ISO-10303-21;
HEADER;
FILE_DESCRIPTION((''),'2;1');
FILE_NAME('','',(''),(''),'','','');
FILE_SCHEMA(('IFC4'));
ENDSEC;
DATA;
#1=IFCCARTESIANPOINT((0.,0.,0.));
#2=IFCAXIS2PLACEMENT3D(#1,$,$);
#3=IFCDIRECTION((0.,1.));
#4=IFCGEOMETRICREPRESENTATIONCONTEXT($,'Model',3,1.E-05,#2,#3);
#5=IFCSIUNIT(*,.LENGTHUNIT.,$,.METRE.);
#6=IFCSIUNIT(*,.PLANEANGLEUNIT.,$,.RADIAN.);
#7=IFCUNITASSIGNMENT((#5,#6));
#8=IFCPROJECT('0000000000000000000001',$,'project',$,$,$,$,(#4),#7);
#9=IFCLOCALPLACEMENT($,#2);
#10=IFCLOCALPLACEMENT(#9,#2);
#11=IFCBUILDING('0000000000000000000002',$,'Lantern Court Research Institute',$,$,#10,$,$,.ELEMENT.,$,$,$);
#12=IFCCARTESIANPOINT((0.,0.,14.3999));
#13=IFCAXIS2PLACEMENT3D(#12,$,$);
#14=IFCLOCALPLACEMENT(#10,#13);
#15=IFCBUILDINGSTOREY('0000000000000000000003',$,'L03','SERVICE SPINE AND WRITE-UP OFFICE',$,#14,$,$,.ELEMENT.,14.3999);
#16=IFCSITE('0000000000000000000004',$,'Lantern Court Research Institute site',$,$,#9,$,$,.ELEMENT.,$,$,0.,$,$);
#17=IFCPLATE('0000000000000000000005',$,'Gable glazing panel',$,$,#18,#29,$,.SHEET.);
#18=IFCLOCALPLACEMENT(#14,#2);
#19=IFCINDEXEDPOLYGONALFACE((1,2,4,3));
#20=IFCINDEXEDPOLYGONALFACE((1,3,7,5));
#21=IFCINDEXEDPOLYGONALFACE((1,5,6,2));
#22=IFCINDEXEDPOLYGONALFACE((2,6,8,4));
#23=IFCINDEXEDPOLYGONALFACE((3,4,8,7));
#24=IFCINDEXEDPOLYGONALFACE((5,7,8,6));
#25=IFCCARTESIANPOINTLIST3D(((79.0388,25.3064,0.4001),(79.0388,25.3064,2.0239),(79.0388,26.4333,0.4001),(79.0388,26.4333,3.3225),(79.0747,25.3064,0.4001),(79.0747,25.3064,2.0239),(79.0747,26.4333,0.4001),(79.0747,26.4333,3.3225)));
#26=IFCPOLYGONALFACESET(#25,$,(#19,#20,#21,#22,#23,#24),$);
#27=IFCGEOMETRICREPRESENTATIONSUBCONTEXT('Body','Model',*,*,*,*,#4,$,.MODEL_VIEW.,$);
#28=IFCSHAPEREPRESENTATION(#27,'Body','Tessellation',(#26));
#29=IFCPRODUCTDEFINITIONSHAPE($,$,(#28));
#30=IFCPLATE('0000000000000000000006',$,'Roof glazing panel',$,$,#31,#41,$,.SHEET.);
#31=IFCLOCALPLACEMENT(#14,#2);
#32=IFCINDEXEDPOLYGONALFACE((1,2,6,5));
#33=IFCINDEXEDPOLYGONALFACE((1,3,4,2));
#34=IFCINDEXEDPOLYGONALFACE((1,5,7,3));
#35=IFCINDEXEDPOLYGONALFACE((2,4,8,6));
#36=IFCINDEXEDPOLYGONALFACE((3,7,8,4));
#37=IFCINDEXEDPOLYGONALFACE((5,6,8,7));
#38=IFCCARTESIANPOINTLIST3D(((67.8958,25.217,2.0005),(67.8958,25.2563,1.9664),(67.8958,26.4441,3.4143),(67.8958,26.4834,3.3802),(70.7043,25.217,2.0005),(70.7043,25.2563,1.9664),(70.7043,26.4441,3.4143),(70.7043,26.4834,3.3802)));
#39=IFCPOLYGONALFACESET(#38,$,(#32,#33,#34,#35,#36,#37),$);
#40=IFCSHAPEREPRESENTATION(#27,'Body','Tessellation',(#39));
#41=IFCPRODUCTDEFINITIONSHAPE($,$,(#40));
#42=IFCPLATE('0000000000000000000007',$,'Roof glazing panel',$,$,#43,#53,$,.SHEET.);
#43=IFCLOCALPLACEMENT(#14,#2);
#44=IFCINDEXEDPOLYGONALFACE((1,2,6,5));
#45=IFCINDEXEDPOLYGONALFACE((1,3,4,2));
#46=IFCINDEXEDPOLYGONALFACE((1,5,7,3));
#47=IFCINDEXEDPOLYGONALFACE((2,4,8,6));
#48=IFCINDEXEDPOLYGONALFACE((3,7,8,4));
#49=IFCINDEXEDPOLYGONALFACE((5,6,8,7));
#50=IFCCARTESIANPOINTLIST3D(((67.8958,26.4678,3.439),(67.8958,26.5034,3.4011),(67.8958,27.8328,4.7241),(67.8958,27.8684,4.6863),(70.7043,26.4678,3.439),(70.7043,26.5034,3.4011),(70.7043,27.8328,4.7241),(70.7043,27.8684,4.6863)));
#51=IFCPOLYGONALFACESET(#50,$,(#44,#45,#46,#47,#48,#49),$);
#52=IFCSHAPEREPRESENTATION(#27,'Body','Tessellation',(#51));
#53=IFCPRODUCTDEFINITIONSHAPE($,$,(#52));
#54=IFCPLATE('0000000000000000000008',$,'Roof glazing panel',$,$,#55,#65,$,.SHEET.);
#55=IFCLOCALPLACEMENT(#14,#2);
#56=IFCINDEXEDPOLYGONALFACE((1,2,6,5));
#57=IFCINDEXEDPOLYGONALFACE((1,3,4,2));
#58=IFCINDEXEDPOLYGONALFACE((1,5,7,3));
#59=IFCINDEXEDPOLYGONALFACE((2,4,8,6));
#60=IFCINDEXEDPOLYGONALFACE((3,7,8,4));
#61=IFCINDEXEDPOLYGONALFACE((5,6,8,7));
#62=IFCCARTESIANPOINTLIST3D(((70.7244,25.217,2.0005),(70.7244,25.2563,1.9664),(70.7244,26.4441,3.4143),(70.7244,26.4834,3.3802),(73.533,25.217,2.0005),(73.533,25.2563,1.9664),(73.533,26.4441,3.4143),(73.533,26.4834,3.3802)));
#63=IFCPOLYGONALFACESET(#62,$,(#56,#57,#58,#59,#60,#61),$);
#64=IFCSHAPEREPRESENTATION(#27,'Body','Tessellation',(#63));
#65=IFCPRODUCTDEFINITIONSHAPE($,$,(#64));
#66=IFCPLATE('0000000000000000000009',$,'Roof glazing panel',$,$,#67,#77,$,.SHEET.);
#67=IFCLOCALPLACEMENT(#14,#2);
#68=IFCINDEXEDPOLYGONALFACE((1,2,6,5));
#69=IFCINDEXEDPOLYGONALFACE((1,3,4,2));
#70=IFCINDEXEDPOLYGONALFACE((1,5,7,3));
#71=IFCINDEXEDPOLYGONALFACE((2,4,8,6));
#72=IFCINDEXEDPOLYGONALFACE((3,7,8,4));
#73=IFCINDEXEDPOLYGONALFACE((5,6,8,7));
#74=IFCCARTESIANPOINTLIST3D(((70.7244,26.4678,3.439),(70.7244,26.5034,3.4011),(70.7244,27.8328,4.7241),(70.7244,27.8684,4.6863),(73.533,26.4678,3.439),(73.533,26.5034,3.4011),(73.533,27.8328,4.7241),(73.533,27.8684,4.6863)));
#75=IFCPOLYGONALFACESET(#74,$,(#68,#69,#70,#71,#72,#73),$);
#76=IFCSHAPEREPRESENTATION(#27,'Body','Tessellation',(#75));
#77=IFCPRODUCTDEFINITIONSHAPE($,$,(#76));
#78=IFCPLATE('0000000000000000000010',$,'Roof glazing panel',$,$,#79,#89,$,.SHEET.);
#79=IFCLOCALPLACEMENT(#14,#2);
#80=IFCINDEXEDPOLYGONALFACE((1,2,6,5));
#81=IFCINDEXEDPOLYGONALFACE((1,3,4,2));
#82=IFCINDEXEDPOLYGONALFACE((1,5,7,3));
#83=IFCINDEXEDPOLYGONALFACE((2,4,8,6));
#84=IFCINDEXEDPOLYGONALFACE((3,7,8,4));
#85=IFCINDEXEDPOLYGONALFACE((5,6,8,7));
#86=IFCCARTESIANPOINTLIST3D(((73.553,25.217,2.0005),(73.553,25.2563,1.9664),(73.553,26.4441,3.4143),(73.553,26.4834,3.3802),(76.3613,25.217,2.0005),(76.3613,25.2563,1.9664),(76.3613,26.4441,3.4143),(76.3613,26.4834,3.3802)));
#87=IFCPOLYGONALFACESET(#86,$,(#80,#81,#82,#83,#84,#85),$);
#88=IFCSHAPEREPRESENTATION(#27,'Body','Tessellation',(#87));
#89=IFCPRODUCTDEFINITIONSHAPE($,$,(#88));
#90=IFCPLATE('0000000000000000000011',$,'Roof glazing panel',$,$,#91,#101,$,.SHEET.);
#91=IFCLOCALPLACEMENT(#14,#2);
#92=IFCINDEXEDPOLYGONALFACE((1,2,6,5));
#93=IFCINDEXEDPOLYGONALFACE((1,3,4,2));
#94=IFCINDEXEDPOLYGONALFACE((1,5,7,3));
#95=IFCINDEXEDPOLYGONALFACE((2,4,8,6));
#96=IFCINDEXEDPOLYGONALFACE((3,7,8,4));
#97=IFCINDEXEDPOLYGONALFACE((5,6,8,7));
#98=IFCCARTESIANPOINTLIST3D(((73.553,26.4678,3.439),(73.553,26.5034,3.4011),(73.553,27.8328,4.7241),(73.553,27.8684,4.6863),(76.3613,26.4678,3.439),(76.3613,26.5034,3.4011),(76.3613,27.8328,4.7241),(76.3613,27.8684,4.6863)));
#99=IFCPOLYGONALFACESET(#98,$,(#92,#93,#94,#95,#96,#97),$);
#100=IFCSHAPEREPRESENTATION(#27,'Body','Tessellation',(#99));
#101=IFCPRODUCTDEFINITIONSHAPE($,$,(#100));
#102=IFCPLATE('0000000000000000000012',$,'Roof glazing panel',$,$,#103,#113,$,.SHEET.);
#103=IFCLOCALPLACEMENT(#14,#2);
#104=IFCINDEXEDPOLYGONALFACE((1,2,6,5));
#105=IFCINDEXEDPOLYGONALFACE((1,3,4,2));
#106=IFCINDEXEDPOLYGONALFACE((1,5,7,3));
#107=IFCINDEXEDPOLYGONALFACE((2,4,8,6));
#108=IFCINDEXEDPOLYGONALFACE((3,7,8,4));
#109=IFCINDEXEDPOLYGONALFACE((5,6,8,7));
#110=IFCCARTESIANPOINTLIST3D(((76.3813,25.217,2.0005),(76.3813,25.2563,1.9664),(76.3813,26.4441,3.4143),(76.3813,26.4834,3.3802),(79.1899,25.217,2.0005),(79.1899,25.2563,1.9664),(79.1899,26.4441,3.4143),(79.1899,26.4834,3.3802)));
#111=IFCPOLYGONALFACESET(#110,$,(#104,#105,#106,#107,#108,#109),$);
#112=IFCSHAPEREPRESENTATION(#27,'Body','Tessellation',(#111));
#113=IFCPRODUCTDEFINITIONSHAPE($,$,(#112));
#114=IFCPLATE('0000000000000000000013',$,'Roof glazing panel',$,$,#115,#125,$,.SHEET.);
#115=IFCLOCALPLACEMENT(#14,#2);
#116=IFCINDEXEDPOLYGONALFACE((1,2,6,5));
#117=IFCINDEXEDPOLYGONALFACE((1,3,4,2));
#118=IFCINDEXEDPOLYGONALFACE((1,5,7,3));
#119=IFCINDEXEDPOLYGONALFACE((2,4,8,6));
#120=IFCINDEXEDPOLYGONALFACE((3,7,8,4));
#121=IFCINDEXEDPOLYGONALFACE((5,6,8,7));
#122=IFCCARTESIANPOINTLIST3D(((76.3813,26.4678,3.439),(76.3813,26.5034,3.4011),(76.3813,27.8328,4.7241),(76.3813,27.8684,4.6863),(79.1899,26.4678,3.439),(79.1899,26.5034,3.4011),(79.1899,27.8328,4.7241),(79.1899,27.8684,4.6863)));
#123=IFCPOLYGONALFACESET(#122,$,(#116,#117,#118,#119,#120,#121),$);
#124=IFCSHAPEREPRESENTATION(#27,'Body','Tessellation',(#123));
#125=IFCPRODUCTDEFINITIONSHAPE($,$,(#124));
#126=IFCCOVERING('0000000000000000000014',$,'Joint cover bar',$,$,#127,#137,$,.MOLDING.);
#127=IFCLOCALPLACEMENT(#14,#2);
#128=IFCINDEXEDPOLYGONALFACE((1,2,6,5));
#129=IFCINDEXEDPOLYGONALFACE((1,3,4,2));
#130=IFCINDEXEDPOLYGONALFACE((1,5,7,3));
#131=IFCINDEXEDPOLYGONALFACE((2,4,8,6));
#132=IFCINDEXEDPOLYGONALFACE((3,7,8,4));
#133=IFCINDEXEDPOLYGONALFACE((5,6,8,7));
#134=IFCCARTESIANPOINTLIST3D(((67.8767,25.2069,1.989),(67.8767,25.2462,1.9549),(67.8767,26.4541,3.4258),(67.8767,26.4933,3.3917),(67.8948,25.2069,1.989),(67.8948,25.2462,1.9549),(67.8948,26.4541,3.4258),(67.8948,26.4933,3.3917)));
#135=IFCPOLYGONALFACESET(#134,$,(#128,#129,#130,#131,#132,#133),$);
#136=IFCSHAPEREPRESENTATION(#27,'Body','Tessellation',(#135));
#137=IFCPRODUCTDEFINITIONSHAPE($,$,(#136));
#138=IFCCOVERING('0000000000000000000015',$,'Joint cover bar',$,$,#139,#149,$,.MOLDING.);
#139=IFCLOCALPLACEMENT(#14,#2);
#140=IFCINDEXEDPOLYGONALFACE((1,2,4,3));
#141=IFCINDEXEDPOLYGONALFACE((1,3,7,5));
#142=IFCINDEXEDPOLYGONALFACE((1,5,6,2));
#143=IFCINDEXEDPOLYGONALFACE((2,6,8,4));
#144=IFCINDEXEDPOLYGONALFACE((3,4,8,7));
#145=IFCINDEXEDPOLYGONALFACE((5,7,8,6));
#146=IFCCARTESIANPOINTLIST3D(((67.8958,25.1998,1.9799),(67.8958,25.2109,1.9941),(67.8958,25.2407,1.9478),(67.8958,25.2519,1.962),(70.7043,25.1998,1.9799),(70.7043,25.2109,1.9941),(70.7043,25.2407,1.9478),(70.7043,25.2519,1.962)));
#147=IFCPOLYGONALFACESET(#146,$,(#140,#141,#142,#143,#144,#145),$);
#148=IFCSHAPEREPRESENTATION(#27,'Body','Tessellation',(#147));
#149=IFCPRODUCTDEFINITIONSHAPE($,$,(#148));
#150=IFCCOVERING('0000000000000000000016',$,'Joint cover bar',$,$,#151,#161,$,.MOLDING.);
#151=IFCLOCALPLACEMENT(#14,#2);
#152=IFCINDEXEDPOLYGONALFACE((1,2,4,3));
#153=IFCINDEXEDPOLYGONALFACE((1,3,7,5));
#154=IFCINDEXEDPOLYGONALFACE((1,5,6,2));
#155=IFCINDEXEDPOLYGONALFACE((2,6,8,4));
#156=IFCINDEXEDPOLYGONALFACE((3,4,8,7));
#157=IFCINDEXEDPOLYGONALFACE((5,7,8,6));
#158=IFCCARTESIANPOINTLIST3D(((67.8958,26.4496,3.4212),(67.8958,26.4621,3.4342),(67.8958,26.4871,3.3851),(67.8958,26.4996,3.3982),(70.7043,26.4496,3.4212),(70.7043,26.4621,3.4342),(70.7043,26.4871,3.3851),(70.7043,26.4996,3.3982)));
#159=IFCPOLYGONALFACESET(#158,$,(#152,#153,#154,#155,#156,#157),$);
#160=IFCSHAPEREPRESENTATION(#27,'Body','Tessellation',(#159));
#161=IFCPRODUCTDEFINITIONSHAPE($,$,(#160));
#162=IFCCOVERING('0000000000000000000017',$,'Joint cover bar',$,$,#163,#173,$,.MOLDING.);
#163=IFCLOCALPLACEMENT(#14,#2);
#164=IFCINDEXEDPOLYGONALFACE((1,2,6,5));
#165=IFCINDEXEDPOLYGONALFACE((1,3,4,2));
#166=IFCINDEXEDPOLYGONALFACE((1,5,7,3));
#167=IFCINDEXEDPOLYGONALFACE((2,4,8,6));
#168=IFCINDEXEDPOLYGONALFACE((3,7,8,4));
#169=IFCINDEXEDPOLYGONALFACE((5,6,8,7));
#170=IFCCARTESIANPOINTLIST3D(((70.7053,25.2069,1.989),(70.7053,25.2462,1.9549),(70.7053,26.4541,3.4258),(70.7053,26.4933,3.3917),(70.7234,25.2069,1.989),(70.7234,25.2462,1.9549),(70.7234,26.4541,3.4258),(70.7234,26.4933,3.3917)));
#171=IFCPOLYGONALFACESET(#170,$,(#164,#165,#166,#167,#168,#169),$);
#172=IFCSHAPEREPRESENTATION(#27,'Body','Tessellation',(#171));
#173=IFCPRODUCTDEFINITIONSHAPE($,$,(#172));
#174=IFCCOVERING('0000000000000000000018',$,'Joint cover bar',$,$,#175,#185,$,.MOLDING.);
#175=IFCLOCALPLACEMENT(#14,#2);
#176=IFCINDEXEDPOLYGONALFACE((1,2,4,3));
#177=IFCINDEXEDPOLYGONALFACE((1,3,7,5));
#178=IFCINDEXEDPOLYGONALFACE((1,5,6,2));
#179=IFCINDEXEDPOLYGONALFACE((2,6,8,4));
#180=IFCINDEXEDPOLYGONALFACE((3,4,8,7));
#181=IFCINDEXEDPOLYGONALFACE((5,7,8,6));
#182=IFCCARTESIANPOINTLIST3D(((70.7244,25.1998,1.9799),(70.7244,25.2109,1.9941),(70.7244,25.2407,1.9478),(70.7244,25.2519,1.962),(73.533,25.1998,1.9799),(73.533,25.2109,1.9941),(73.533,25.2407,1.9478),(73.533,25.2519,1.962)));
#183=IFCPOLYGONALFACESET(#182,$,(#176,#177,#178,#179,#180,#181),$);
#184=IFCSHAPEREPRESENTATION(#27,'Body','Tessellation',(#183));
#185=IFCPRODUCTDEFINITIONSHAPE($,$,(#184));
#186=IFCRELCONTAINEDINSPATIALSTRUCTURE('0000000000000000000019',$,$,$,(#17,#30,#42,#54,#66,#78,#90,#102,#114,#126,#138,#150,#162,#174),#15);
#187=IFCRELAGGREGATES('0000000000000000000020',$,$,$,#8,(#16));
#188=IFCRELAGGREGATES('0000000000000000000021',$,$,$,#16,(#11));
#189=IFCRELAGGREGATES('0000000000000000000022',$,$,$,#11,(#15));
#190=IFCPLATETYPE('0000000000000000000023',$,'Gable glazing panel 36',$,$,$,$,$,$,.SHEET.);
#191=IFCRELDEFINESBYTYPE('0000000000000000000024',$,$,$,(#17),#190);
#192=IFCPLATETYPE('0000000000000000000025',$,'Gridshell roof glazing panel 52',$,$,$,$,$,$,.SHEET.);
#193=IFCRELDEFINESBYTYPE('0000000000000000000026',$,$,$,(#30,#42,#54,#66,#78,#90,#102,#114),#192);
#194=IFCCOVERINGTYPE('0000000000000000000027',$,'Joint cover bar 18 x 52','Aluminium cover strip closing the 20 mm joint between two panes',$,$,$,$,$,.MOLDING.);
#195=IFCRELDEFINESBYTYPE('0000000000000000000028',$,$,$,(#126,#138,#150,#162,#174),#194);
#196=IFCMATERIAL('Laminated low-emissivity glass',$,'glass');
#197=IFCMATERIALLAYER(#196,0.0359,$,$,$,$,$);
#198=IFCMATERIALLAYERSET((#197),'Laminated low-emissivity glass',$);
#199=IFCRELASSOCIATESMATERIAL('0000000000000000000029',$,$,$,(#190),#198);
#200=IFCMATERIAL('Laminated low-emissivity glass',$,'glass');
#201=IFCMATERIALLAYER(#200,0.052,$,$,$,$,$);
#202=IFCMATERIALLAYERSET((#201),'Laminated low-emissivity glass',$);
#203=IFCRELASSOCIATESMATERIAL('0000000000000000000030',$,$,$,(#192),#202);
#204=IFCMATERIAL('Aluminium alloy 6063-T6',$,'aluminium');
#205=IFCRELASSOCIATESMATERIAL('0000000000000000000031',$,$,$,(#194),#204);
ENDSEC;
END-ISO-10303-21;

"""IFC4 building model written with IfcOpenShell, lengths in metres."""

from ifc_helpers import new_model, si_unit, direction, frame, origin, origin_2d, place, context, subcontext, project, spatial, polyline, rectangle, outline, extrude, material, layer, layer_set, material_profile, profile_set, type_object, element, save


model = new_model("IFC4")

# Units and contexts
model_context = context("Model", 3, precision=1e-05, world=origin(), true_north=direction((0.0, 1.0)))
body_context = subcontext(model_context, "Body", "Model", "MODEL_VIEW")
ifc_project = project(units=[si_unit("LENGTHUNIT", "METRE"), si_unit("PLANEANGLEUNIT", "RADIAN")], contexts=[model_context])

# Site, building, storey
site_placement = place(None, origin())
site = spatial("IfcSite", under=ifc_project, at=site_placement, Name="Lantern Court Research Institute site", CompositionType="ELEMENT", RefElevation=0.0)
building_placement = place(site_placement, origin())
building = spatial("IfcBuilding", under=site, at=building_placement, Name="Lantern Court Research Institute", CompositionType="ELEMENT")
storey_placement = place(building_placement, frame((0.0, 0.0, 14.3999)))
storey = spatial("IfcBuildingStorey", under=building, at=storey_placement, Name="L03", Description="SERVICE SPINE AND WRITE-UP OFFICE", CompositionType="ELEMENT", Elevation=14.3999)

# Plates
ifc_material_1 = material(Name="Laminated low-emissivity glass", Category="glass")
ifc_layer_1 = layer(ifc_material_1, 0.0359)
ifc_layer_set_1 = layer_set([ifc_layer_1], Name="Laminated low-emissivity glass")
plate_type_1 = type_object("IfcPlateType", Name="Gable glazing panel 36", PredefinedType="SHEET", material=ifc_layer_set_1)
plate_1_placement = place(storey_placement, frame((79.0569, 25.3064, 0.4001), z_axis=(0.0, 0.0, 1.0), x_axis=(0.0, 1.0, 0.0)))
element("IfcPlate", 1, at=plate_1_placement, inside=storey, type_object=plate_type_1, Name="Gable glazing panel", PredefinedType="SHEET", context=body_context, shape_type="SweptSolid", body=[
    extrude(outline(polyline([(0.0, 0.0), (1.127, 0.0), (1.127, 2.9224), (0.0, 1.6238), (0.0, 0.0)])), frame((0.0, 0.0181, 0.0), z_axis=(0.0, -1.0, 0.0), x_axis=(1.0, 0.0, 0.0)), (0.0, 0.0, 1.0), 0.0359),
])
ifc_material_2 = material(Name="Laminated low-emissivity glass", Category="glass")
ifc_layer_2 = layer(ifc_material_2, 0.052)
ifc_layer_set_2 = layer_set([ifc_layer_2], Name="Laminated low-emissivity glass")
plate_type_2 = type_object("IfcPlateType", Name="Gridshell roof glazing panel 52", PredefinedType="SHEET", material=ifc_layer_set_2)
plate_2_placement = place(storey_placement, frame((70.7043, 25.217, 2.0005), z_axis=(0.0, -0.755228, 0.655462), x_axis=(-1.0, 0.0, 0.0)))
element("IfcPlate", 2, at=plate_2_placement, inside=storey, type_object=plate_type_2, Name="Roof glazing panel", PredefinedType="SHEET", context=body_context, shape_type="SweptSolid", body=[
    extrude(outline(polyline([(0.0, 0.0), (2.8086, 0.0), (2.8086, -1.872), (0.0, -1.872), (0.0, 0.0)])), origin(), (0.0, 0.0, -1.0), 0.052),
])
plate_3_placement = place(storey_placement, frame((70.7043, 26.4678, 3.439), z_axis=(0.0, -0.685495, 0.728078), x_axis=(-1.0, 0.0, 0.0)))
element("IfcPlate", 3, at=plate_3_placement, inside=storey, type_object=plate_type_2, Name="Roof glazing panel", PredefinedType="SHEET", context=body_context, shape_type="SweptSolid", body=[
    extrude(outline(polyline([(0.0, 0.0), (2.8086, 0.0), (2.8086, -1.8748), (0.0, -1.8748), (0.0, 0.0)])), origin(), (0.0, 0.0, -1.0), 0.052),
])
plate_4_placement = place(storey_placement, frame((73.533, 25.217, 2.0005), z_axis=(0.0, -0.755228, 0.655462), x_axis=(-1.0, 0.0, 0.0)))
element("IfcPlate", 4, at=plate_4_placement, inside=storey, type_object=plate_type_2, Name="Roof glazing panel", PredefinedType="SHEET", context=body_context, shape_type="SweptSolid", body=[
    extrude(outline(polyline([(0.0, 0.0), (2.8086, 0.0), (2.8086, -1.872), (0.0, -1.872), (0.0, 0.0)])), origin(), (0.0, 0.0, -1.0), 0.052),
])
plate_5_placement = place(storey_placement, frame((73.533, 26.4678, 3.439), z_axis=(0.0, -0.685495, 0.728078), x_axis=(-1.0, 0.0, 0.0)))
element("IfcPlate", 5, at=plate_5_placement, inside=storey, type_object=plate_type_2, Name="Roof glazing panel", PredefinedType="SHEET", context=body_context, shape_type="SweptSolid", body=[
    extrude(outline(polyline([(0.0, 0.0), (2.8086, 0.0), (2.8086, -1.8748), (0.0, -1.8748), (0.0, 0.0)])), origin(), (0.0, 0.0, -1.0), 0.052),
])
plate_6_placement = place(storey_placement, frame((76.3613, 25.217, 2.0005), z_axis=(0.0, -0.755228, 0.655462), x_axis=(-1.0, 0.0, 0.0)))
element("IfcPlate", 6, at=plate_6_placement, inside=storey, type_object=plate_type_2, Name="Roof glazing panel", PredefinedType="SHEET", context=body_context, shape_type="SweptSolid", body=[
    extrude(outline(polyline([(0.0, 0.0), (2.8083, 0.0), (2.8083, -1.872), (0.0, -1.872), (0.0, 0.0)])), origin(), (0.0, 0.0, -1.0), 0.052),
])
plate_7_placement = place(storey_placement, frame((76.3613, 26.4678, 3.439), z_axis=(0.0, -0.685495, 0.728078), x_axis=(-1.0, 0.0, 0.0)))
element("IfcPlate", 7, at=plate_7_placement, inside=storey, type_object=plate_type_2, Name="Roof glazing panel", PredefinedType="SHEET", context=body_context, shape_type="SweptSolid", body=[
    extrude(outline(polyline([(0.0, 0.0), (2.8083, 0.0), (2.8083, -1.8748), (0.0, -1.8748), (0.0, 0.0)])), origin(), (0.0, 0.0, -1.0), 0.052),
])
plate_8_placement = place(storey_placement, frame((79.1899, 25.217, 2.0005), z_axis=(0.0, -0.755228, 0.655462), x_axis=(-1.0, 0.0, 0.0)))
element("IfcPlate", 8, at=plate_8_placement, inside=storey, type_object=plate_type_2, Name="Roof glazing panel", PredefinedType="SHEET", context=body_context, shape_type="SweptSolid", body=[
    extrude(outline(polyline([(0.0, 0.0), (2.8086, 0.0), (2.8086, -1.872), (0.0, -1.872), (0.0, 0.0)])), origin(), (0.0, 0.0, -1.0), 0.052),
])
plate_9_placement = place(storey_placement, frame((79.1899, 26.4678, 3.439), z_axis=(0.0, -0.685495, 0.728078), x_axis=(-1.0, 0.0, 0.0)))
element("IfcPlate", 9, at=plate_9_placement, inside=storey, type_object=plate_type_2, Name="Roof glazing panel", PredefinedType="SHEET", context=body_context, shape_type="SweptSolid", body=[
    extrude(outline(polyline([(0.0, 0.0), (2.8086, 0.0), (2.8086, -1.8748), (0.0, -1.8748), (0.0, 0.0)])), origin(), (0.0, 0.0, -1.0), 0.052),
])

# Coverings
ifc_material_3 = material(Name="Aluminium alloy 6063-T6", Category="aluminium")
ifc_material_profile_1 = material_profile(ifc_material_3, rectangle(XDim=0.0181, YDim=0.052, at=origin_2d()), Name="Joint cover bar 18 x 52")
ifc_profile_set_1 = profile_set([ifc_material_profile_1], Name="Aluminium alloy 6063-T6")
covering_type = type_object("IfcCoveringType", Name="Joint cover bar 18 x 52", Description="Aluminium cover strip closing the 20 mm joint between two panes", PredefinedType="MOLDING", material=ifc_profile_set_1)
covering_1_placement = place(storey_placement, frame((67.8857, 25.2266, 1.9719), z_axis=(0.0, 0.655492, 0.755202), x_axis=(-1.0, 0.0, 0.0)))
element("IfcCovering", 10, at=covering_1_placement, inside=storey, type_object=covering_type, Name="Joint cover bar", PredefinedType="MOLDING", context=body_context, shape_type="SweptSolid", body=[
    extrude(rectangle(XDim=0.0181, YDim=0.052, at=origin_2d()), origin(), (0.0, 0.0, 1.0), 1.9026),
])
for number, where, z_axis, x_axis, name in (
    (11, (67.8958, 25.2258, 1.9709), (1.0, 0.0, 0.0), (0.0, 0.616657, 0.787232), "Joint cover bar"),
    (12, (67.8958, 26.4746, 3.4097), (1.0, 0.0, 0.0), (0.0, 0.692674, 0.721251), "Joint cover bar"),
):
    element("IfcCovering", number, at=place(storey_placement, frame(where, z_axis=z_axis, x_axis=x_axis)), inside=storey, type_object=covering_type, Name=name, PredefinedType="MOLDING", context=body_context, shape_type="SweptSolid", body=[
        extrude(rectangle(XDim=0.0181, YDim=0.052, at=origin_2d()), origin(), (0.0, 0.0, 1.0), 2.8086),
    ])
covering_2_placement = place(storey_placement, frame((70.7144, 25.2266, 1.9719), z_axis=(0.0, 0.655492, 0.755202), x_axis=(-1.0, 0.0, 0.0)))
element("IfcCovering", 13, at=covering_2_placement, inside=storey, type_object=covering_type, Name="Joint cover bar", PredefinedType="MOLDING", context=body_context, shape_type="SweptSolid", body=[
    extrude(rectangle(XDim=0.0181, YDim=0.052, at=origin_2d()), origin(), (0.0, 0.0, 1.0), 1.9026),
])
covering_3_placement = place(storey_placement, frame((70.7244, 25.2258, 1.9709), z_axis=(1.0, 0.0, 0.0), x_axis=(0.0, 0.616657, 0.787232)))
element("IfcCovering", 14, at=covering_3_placement, inside=storey, type_object=covering_type, Name="Joint cover bar", PredefinedType="MOLDING", context=body_context, shape_type="SweptSolid", body=[
    extrude(rectangle(XDim=0.0181, YDim=0.052, at=origin_2d()), origin(), (0.0, 0.0, 1.0), 2.8086),
])

save(model, "model.ifc")
